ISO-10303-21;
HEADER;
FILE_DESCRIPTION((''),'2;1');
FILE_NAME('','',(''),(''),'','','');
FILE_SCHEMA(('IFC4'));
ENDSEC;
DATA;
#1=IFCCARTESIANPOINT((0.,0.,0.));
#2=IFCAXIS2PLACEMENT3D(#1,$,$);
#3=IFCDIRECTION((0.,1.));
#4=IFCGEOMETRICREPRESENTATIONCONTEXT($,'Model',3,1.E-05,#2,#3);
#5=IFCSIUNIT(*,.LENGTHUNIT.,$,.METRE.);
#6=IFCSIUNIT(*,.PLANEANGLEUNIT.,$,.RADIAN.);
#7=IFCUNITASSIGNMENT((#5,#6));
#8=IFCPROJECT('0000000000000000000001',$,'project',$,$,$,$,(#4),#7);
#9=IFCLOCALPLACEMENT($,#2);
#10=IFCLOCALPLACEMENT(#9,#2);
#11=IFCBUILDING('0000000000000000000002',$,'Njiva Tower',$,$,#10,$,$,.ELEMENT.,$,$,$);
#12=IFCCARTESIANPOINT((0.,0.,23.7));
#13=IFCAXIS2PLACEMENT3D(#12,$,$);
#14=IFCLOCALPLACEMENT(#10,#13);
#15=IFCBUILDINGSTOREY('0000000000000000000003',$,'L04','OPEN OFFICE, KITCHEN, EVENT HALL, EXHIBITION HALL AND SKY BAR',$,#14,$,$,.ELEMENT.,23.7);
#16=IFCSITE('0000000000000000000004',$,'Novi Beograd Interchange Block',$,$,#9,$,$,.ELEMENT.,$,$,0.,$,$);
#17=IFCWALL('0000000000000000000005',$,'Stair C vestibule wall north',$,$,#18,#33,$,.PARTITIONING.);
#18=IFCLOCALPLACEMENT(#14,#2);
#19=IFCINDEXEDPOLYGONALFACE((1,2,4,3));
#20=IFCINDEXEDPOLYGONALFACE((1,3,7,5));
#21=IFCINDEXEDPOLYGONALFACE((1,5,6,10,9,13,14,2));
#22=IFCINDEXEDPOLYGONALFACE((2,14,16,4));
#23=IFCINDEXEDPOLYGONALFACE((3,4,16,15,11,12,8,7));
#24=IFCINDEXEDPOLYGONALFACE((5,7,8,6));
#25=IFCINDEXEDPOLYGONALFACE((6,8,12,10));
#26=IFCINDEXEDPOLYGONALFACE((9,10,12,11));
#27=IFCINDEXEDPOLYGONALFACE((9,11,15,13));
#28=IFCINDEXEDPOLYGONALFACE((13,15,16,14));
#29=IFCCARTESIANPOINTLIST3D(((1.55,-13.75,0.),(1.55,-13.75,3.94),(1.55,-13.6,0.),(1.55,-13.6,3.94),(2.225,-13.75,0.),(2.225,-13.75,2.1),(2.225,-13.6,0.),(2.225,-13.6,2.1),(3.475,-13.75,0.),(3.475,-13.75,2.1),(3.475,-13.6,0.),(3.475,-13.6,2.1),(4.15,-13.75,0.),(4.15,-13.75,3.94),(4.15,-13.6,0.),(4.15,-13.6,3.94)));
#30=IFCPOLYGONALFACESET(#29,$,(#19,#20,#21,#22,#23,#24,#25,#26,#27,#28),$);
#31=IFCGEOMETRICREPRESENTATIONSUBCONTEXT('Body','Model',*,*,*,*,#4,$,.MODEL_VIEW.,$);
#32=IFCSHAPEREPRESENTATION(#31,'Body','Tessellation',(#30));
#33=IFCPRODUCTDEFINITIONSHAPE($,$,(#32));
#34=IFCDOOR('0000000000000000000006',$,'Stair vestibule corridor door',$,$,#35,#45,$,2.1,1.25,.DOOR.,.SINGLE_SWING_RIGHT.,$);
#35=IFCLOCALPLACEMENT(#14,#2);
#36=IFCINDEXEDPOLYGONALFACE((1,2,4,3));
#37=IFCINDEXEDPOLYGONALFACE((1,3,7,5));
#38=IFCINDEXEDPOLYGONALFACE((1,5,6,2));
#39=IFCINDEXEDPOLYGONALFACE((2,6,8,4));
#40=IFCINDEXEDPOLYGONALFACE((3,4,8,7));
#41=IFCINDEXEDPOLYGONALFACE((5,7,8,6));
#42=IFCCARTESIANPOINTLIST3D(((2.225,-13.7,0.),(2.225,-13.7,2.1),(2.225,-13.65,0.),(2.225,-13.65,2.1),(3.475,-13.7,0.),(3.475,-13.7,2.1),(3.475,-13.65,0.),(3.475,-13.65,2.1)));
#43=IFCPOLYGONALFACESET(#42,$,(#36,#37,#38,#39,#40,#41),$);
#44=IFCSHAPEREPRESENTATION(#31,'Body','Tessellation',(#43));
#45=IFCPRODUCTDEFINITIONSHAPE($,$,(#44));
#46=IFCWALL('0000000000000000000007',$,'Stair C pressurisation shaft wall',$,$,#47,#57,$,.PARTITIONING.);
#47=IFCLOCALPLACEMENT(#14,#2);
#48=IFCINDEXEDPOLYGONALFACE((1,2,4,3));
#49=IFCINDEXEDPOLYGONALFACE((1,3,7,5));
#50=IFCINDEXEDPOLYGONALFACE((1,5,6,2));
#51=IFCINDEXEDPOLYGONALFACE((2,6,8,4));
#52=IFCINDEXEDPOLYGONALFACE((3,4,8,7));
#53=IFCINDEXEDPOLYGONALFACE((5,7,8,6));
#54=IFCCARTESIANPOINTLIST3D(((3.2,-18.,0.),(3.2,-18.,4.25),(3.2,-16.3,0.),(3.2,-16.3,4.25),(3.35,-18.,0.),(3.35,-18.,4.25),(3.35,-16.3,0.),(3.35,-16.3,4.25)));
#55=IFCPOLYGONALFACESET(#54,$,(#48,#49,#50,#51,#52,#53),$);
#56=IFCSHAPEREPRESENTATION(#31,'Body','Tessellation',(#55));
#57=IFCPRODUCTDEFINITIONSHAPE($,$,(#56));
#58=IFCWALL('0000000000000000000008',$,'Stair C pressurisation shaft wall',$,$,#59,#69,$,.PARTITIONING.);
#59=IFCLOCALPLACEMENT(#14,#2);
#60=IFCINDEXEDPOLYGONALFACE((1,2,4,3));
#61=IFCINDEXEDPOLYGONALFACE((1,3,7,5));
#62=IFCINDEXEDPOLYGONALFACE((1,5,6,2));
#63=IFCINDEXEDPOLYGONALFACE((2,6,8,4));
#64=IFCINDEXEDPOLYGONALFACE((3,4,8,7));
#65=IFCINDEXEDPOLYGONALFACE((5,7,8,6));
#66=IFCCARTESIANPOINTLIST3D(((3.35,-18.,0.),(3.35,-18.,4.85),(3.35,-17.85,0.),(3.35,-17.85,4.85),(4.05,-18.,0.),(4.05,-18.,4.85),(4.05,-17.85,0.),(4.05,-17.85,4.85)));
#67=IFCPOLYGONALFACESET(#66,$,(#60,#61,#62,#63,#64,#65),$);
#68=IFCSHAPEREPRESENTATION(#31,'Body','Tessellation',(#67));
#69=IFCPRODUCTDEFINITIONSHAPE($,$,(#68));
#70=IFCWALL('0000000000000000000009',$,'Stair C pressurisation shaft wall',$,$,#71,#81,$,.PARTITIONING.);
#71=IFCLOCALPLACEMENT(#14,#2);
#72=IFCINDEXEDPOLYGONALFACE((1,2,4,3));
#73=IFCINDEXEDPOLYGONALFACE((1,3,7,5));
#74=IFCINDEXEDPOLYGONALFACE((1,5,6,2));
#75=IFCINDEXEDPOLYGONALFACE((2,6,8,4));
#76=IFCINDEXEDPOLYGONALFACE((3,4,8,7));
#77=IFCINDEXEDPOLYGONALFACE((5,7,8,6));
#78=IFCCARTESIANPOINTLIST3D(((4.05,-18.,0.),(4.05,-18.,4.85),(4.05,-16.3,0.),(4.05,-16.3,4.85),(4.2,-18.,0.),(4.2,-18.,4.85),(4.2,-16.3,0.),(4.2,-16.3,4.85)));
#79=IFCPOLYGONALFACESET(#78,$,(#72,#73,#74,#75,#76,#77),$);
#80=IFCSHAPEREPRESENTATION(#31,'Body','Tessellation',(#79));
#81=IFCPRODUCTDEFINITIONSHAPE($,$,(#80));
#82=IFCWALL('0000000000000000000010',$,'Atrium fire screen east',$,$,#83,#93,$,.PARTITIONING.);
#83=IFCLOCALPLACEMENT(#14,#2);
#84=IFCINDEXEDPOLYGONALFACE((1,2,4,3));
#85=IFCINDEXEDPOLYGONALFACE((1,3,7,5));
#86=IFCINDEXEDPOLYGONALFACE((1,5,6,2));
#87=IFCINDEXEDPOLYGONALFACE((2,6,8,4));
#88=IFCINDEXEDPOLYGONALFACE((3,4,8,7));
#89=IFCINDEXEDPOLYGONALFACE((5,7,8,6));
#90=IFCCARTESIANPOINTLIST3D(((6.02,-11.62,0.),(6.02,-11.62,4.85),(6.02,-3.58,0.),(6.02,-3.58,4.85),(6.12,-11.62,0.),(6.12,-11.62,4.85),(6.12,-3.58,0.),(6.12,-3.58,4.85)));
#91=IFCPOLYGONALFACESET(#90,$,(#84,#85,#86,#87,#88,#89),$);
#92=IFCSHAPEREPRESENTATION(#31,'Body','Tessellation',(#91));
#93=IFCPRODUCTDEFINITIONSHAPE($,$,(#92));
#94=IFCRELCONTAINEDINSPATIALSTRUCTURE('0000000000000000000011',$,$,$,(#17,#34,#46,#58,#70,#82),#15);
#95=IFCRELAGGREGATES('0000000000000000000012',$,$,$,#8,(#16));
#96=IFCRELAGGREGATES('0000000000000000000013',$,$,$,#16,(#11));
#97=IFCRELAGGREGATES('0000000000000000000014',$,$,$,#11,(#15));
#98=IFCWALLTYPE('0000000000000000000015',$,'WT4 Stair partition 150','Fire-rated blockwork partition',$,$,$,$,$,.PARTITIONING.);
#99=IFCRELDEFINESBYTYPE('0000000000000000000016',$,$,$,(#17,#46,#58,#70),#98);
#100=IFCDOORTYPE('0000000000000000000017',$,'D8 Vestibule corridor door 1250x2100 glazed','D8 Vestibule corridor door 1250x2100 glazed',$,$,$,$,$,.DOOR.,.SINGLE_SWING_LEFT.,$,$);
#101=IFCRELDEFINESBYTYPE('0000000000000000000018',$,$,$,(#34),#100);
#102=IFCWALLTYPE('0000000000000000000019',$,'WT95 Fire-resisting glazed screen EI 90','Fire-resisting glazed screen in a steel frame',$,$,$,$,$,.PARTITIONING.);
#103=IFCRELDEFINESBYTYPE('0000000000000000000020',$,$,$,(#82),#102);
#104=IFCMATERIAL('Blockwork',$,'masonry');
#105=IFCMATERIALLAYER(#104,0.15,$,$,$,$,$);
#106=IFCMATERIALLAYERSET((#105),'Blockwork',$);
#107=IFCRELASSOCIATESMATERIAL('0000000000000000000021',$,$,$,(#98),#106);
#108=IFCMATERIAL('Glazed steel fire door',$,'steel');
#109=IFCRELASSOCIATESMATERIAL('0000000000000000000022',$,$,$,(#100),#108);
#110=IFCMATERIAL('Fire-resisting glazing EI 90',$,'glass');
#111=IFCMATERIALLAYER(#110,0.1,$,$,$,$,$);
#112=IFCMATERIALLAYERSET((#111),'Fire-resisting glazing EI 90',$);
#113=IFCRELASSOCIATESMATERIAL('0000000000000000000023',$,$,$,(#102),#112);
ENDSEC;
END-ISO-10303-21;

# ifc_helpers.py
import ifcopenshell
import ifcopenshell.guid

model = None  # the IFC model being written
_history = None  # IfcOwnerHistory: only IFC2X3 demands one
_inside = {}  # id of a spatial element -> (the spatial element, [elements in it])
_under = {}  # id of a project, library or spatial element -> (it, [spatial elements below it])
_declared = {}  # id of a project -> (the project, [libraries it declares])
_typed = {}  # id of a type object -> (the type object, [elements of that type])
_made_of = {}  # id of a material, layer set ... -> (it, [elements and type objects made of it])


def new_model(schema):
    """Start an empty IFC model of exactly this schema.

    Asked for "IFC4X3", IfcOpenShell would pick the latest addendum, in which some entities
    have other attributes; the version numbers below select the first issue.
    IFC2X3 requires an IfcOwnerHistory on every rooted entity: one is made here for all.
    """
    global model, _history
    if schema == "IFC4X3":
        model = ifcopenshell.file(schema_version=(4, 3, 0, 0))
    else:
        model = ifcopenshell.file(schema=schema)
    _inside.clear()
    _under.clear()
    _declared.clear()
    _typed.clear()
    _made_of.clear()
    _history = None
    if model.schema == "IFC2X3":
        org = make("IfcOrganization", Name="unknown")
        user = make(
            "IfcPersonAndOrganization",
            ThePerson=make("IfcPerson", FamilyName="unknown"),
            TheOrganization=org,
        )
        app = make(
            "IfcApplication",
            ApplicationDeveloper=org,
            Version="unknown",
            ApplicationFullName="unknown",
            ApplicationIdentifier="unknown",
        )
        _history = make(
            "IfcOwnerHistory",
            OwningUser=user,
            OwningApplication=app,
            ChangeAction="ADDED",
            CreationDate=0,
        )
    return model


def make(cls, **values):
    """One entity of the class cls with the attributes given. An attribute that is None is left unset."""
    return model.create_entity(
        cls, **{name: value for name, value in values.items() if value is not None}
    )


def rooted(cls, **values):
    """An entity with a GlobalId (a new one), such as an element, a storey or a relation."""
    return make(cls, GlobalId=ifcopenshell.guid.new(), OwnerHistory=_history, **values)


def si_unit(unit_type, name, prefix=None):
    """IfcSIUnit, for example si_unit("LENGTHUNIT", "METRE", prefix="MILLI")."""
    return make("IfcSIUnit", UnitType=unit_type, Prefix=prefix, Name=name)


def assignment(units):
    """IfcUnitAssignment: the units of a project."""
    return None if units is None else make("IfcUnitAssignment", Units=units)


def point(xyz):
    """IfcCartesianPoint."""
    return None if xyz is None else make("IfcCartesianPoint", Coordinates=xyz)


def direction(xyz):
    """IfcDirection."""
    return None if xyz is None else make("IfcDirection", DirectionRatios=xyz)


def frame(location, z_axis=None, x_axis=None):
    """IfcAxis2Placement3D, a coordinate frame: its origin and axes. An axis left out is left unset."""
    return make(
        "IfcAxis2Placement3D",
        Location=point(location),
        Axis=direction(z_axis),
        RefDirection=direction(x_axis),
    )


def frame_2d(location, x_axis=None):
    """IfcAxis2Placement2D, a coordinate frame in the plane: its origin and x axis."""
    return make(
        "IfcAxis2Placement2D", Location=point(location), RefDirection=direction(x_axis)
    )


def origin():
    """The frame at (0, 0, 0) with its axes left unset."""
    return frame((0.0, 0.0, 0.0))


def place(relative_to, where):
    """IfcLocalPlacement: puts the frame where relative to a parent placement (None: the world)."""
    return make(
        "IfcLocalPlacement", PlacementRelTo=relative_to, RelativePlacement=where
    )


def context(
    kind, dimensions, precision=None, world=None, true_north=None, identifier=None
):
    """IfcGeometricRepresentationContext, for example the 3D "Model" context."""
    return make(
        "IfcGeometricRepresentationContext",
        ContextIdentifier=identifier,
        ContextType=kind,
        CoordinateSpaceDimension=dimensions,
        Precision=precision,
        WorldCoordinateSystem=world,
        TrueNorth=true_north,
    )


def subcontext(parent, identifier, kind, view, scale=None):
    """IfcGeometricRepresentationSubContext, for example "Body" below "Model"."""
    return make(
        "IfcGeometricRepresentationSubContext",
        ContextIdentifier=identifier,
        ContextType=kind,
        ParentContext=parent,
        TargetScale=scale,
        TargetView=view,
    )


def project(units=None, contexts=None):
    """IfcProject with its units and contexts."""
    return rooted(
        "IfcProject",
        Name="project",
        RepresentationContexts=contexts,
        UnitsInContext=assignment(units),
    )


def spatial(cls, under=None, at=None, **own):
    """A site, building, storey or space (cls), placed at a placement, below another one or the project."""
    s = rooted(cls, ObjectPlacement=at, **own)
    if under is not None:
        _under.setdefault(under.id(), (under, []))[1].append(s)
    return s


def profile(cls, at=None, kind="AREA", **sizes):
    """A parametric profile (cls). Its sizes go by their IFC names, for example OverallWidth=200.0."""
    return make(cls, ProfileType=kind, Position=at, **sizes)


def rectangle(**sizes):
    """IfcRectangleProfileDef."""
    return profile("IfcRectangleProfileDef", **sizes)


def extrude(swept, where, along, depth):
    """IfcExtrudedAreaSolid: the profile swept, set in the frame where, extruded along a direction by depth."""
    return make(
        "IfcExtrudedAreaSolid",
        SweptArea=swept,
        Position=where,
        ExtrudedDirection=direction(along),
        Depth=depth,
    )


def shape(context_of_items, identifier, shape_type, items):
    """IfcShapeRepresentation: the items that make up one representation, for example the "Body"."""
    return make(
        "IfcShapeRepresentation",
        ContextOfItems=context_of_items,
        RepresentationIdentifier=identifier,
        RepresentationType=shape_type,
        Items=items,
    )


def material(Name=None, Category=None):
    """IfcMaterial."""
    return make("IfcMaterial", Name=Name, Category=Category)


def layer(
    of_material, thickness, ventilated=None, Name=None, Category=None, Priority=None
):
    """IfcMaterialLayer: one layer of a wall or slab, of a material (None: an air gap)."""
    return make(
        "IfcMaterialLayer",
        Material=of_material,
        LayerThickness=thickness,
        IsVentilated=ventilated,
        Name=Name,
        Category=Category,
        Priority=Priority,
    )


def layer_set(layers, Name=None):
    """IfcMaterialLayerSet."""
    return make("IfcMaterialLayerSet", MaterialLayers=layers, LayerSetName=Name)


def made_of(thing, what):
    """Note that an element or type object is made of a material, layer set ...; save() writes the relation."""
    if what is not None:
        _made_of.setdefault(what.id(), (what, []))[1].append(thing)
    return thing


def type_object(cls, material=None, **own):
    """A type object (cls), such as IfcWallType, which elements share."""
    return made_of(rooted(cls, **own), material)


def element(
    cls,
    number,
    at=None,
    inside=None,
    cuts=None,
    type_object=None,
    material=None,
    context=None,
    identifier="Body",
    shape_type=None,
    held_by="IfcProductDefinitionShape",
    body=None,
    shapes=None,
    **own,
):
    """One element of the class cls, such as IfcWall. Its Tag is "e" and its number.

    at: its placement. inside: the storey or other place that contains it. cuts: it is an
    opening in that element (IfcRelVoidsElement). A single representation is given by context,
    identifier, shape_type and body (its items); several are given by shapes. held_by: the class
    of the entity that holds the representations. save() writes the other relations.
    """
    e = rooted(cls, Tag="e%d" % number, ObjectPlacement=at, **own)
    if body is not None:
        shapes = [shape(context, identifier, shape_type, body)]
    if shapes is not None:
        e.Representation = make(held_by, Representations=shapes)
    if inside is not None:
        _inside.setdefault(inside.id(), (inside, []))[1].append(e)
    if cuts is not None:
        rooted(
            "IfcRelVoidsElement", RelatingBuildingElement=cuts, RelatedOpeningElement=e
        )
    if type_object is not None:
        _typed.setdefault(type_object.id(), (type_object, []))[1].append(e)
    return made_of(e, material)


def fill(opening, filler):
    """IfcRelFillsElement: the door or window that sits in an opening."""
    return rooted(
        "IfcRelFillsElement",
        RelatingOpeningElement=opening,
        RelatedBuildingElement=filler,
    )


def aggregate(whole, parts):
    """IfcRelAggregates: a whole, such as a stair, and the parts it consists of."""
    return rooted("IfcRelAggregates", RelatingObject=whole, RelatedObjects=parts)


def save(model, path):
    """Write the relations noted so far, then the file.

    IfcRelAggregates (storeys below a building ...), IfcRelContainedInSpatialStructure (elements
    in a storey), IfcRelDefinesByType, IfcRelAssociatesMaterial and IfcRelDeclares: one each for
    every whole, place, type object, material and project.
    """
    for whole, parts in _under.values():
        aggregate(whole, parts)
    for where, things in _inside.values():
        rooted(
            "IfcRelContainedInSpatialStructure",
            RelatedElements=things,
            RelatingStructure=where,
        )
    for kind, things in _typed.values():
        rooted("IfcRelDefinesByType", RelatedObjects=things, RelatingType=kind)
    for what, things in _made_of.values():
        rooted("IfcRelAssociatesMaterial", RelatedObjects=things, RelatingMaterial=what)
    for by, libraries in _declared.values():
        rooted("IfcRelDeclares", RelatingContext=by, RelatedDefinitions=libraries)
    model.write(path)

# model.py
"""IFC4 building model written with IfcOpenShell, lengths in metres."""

from ifc_helpers import new_model, si_unit, direction, frame, frame_2d, origin, place, context, subcontext, project, spatial, rectangle, extrude, material, layer, layer_set, type_object, element, fill, save


model = new_model("IFC4")

# Units and contexts
model_context = context("Model", 3, precision=1e-05, world=origin(), true_north=direction((0.0, 1.0)))
body_context = subcontext(model_context, "Body", "Model", "MODEL_VIEW")
ifc_project = project(units=[si_unit("LENGTHUNIT", "METRE"), si_unit("PLANEANGLEUNIT", "RADIAN")], contexts=[model_context])

# Site, building, storey
site_placement = place(None, origin())
site = spatial("IfcSite", under=ifc_project, at=site_placement, Name="Novi Beograd Interchange Block", CompositionType="ELEMENT", RefElevation=0.0)
building_placement = place(site_placement, origin())
building = spatial("IfcBuilding", under=site, at=building_placement, Name="Njiva Tower", CompositionType="ELEMENT")
storey_placement = place(building_placement, frame((0.0, 0.0, 23.7)))
storey = spatial("IfcBuildingStorey", under=building, at=storey_placement, Name="L04", Description="OPEN OFFICE, KITCHEN, EVENT HALL, EXHIBITION HALL AND SKY BAR", CompositionType="ELEMENT", Elevation=23.7)

# Shared definitions
ifc_material_1 = material(Name="Blockwork", Category="masonry")
ifc_layer_1 = layer(ifc_material_1, 0.15)
ifc_layer_set_1 = layer_set([ifc_layer_1], Name="Blockwork")
wall_type_1 = type_object("IfcWallType", Name="WT4 Stair partition 150", Description="Fire-rated blockwork partition", PredefinedType="PARTITIONING", material=ifc_layer_set_1)

# Wall, opening, door
wall_1_placement = place(storey_placement, frame((1.55, -13.675, 0.0), z_axis=(0.0, 0.0, 1.0), x_axis=(1.0, 0.0, 0.0)))
wall_1 = element("IfcWall", 1, at=wall_1_placement, inside=storey, type_object=wall_type_1, Name="Stair C vestibule wall north", PredefinedType="PARTITIONING", context=body_context, shape_type="SweptSolid", body=[
    extrude(rectangle(XDim=2.6, YDim=0.15, at=frame_2d((1.3, 0.0))), origin(), (0.0, 0.0, 1.0), 3.94),
])
opening_1_placement = place(wall_1_placement, frame((0.675, 0.0, 0.0)))
opening_1 = element("IfcOpeningElement", 2, at=opening_1_placement, cuts=wall_1, PredefinedType="OPENING", context=body_context, shape_type="SweptSolid", body=[
    extrude(rectangle(XDim=1.25, YDim=2.1, at=frame_2d((0.625, 1.05))), frame((0.0, 0.085, 0.0), z_axis=(0.0, -1.0, 0.0), x_axis=(1.0, 0.0, 0.0)), (0.0, 0.0, 1.0), 0.17),
])
ifc_material_2 = material(Name="Glazed steel fire door", Category="steel")
door_type_1 = type_object("IfcDoorType", Name="D8 Vestibule corridor door 1250x2100 glazed", Description="D8 Vestibule corridor door 1250x2100 glazed", OperationType="SINGLE_SWING_LEFT", PredefinedType="DOOR", material=ifc_material_2)
door_1_placement = place(opening_1_placement, origin())
door_1 = element("IfcDoor", 3, at=door_1_placement, inside=storey, type_object=door_type_1, Name="Stair vestibule corridor door", OperationType="SINGLE_SWING_RIGHT", OverallHeight=2.1, OverallWidth=1.25, PredefinedType="DOOR", context=body_context, shape_type="SweptSolid", body=[
    extrude(rectangle(XDim=1.25, YDim=2.1, at=frame_2d((0.625, 1.05))), frame((0.0, 0.025, 0.0), z_axis=(0.0, -1.0, 0.0), x_axis=(1.0, 0.0, 0.0)), (0.0, 0.0, 1.0), 0.05),
])
fill(opening_1, door_1)

# Walls
wall_2_placement = place(storey_placement, frame((3.275, -18.0, 0.0), z_axis=(0.0, 0.0, 1.0), x_axis=(0.0, 1.0, 0.0)))
element("IfcWall", 4, at=wall_2_placement, inside=storey, type_object=wall_type_1, Name="Stair C pressurisation shaft wall", PredefinedType="PARTITIONING", context=body_context, shape_type="SweptSolid", body=[
    extrude(rectangle(XDim=1.7, YDim=0.15, at=frame_2d((0.85, 0.0))), origin(), (0.0, 0.0, 1.0), 4.25),
])
wall_3_placement = place(storey_placement, frame((3.35, -17.925, 0.0), z_axis=(0.0, 0.0, 1.0), x_axis=(1.0, 0.0, 0.0)))
element("IfcWall", 5, at=wall_3_placement, inside=storey, type_object=wall_type_1, Name="Stair C pressurisation shaft wall", PredefinedType="PARTITIONING", context=body_context, shape_type="SweptSolid", body=[
    extrude(rectangle(XDim=0.7, YDim=0.15, at=frame_2d((0.35, 0.0))), origin(), (0.0, 0.0, 1.0), 4.85),
])
wall_4_placement = place(storey_placement, frame((4.125, -18.0, 0.0), z_axis=(0.0, 0.0, 1.0), x_axis=(0.0, 1.0, 0.0)))
element("IfcWall", 6, at=wall_4_placement, inside=storey, type_object=wall_type_1, Name="Stair C pressurisation shaft wall", PredefinedType="PARTITIONING", context=body_context, shape_type="SweptSolid", body=[
    extrude(rectangle(XDim=1.7, YDim=0.15, at=frame_2d((0.85, 0.0))), origin(), (0.0, 0.0, 1.0), 4.85),
])
ifc_material_3 = material(Name="Fire-resisting glazing EI 90", Category="glass")
ifc_layer_2 = layer(ifc_material_3, 0.1)
ifc_layer_set_2 = layer_set([ifc_layer_2], Name="Fire-resisting glazing EI 90")
wall_type_2 = type_object("IfcWallType", Name="WT95 Fire-resisting glazed screen EI 90", Description="Fire-resisting glazed screen in a steel frame", PredefinedType="PARTITIONING", material=ifc_layer_set_2)
wall_5_placement = place(storey_placement, frame((6.07, -11.62, 0.0), z_axis=(0.0, 0.0, 1.0), x_axis=(0.0, 1.0, 0.0)))
element("IfcWall", 7, at=wall_5_placement, inside=storey, type_object=wall_type_2, Name="Atrium fire screen east", PredefinedType="PARTITIONING", context=body_context, shape_type="SweptSolid", body=[
    extrude(rectangle(XDim=8.04, YDim=0.1, at=frame_2d((4.02, 0.0))), origin(), (0.0, 0.0, 1.0), 4.85),
])

save(model, "model.ifc")
